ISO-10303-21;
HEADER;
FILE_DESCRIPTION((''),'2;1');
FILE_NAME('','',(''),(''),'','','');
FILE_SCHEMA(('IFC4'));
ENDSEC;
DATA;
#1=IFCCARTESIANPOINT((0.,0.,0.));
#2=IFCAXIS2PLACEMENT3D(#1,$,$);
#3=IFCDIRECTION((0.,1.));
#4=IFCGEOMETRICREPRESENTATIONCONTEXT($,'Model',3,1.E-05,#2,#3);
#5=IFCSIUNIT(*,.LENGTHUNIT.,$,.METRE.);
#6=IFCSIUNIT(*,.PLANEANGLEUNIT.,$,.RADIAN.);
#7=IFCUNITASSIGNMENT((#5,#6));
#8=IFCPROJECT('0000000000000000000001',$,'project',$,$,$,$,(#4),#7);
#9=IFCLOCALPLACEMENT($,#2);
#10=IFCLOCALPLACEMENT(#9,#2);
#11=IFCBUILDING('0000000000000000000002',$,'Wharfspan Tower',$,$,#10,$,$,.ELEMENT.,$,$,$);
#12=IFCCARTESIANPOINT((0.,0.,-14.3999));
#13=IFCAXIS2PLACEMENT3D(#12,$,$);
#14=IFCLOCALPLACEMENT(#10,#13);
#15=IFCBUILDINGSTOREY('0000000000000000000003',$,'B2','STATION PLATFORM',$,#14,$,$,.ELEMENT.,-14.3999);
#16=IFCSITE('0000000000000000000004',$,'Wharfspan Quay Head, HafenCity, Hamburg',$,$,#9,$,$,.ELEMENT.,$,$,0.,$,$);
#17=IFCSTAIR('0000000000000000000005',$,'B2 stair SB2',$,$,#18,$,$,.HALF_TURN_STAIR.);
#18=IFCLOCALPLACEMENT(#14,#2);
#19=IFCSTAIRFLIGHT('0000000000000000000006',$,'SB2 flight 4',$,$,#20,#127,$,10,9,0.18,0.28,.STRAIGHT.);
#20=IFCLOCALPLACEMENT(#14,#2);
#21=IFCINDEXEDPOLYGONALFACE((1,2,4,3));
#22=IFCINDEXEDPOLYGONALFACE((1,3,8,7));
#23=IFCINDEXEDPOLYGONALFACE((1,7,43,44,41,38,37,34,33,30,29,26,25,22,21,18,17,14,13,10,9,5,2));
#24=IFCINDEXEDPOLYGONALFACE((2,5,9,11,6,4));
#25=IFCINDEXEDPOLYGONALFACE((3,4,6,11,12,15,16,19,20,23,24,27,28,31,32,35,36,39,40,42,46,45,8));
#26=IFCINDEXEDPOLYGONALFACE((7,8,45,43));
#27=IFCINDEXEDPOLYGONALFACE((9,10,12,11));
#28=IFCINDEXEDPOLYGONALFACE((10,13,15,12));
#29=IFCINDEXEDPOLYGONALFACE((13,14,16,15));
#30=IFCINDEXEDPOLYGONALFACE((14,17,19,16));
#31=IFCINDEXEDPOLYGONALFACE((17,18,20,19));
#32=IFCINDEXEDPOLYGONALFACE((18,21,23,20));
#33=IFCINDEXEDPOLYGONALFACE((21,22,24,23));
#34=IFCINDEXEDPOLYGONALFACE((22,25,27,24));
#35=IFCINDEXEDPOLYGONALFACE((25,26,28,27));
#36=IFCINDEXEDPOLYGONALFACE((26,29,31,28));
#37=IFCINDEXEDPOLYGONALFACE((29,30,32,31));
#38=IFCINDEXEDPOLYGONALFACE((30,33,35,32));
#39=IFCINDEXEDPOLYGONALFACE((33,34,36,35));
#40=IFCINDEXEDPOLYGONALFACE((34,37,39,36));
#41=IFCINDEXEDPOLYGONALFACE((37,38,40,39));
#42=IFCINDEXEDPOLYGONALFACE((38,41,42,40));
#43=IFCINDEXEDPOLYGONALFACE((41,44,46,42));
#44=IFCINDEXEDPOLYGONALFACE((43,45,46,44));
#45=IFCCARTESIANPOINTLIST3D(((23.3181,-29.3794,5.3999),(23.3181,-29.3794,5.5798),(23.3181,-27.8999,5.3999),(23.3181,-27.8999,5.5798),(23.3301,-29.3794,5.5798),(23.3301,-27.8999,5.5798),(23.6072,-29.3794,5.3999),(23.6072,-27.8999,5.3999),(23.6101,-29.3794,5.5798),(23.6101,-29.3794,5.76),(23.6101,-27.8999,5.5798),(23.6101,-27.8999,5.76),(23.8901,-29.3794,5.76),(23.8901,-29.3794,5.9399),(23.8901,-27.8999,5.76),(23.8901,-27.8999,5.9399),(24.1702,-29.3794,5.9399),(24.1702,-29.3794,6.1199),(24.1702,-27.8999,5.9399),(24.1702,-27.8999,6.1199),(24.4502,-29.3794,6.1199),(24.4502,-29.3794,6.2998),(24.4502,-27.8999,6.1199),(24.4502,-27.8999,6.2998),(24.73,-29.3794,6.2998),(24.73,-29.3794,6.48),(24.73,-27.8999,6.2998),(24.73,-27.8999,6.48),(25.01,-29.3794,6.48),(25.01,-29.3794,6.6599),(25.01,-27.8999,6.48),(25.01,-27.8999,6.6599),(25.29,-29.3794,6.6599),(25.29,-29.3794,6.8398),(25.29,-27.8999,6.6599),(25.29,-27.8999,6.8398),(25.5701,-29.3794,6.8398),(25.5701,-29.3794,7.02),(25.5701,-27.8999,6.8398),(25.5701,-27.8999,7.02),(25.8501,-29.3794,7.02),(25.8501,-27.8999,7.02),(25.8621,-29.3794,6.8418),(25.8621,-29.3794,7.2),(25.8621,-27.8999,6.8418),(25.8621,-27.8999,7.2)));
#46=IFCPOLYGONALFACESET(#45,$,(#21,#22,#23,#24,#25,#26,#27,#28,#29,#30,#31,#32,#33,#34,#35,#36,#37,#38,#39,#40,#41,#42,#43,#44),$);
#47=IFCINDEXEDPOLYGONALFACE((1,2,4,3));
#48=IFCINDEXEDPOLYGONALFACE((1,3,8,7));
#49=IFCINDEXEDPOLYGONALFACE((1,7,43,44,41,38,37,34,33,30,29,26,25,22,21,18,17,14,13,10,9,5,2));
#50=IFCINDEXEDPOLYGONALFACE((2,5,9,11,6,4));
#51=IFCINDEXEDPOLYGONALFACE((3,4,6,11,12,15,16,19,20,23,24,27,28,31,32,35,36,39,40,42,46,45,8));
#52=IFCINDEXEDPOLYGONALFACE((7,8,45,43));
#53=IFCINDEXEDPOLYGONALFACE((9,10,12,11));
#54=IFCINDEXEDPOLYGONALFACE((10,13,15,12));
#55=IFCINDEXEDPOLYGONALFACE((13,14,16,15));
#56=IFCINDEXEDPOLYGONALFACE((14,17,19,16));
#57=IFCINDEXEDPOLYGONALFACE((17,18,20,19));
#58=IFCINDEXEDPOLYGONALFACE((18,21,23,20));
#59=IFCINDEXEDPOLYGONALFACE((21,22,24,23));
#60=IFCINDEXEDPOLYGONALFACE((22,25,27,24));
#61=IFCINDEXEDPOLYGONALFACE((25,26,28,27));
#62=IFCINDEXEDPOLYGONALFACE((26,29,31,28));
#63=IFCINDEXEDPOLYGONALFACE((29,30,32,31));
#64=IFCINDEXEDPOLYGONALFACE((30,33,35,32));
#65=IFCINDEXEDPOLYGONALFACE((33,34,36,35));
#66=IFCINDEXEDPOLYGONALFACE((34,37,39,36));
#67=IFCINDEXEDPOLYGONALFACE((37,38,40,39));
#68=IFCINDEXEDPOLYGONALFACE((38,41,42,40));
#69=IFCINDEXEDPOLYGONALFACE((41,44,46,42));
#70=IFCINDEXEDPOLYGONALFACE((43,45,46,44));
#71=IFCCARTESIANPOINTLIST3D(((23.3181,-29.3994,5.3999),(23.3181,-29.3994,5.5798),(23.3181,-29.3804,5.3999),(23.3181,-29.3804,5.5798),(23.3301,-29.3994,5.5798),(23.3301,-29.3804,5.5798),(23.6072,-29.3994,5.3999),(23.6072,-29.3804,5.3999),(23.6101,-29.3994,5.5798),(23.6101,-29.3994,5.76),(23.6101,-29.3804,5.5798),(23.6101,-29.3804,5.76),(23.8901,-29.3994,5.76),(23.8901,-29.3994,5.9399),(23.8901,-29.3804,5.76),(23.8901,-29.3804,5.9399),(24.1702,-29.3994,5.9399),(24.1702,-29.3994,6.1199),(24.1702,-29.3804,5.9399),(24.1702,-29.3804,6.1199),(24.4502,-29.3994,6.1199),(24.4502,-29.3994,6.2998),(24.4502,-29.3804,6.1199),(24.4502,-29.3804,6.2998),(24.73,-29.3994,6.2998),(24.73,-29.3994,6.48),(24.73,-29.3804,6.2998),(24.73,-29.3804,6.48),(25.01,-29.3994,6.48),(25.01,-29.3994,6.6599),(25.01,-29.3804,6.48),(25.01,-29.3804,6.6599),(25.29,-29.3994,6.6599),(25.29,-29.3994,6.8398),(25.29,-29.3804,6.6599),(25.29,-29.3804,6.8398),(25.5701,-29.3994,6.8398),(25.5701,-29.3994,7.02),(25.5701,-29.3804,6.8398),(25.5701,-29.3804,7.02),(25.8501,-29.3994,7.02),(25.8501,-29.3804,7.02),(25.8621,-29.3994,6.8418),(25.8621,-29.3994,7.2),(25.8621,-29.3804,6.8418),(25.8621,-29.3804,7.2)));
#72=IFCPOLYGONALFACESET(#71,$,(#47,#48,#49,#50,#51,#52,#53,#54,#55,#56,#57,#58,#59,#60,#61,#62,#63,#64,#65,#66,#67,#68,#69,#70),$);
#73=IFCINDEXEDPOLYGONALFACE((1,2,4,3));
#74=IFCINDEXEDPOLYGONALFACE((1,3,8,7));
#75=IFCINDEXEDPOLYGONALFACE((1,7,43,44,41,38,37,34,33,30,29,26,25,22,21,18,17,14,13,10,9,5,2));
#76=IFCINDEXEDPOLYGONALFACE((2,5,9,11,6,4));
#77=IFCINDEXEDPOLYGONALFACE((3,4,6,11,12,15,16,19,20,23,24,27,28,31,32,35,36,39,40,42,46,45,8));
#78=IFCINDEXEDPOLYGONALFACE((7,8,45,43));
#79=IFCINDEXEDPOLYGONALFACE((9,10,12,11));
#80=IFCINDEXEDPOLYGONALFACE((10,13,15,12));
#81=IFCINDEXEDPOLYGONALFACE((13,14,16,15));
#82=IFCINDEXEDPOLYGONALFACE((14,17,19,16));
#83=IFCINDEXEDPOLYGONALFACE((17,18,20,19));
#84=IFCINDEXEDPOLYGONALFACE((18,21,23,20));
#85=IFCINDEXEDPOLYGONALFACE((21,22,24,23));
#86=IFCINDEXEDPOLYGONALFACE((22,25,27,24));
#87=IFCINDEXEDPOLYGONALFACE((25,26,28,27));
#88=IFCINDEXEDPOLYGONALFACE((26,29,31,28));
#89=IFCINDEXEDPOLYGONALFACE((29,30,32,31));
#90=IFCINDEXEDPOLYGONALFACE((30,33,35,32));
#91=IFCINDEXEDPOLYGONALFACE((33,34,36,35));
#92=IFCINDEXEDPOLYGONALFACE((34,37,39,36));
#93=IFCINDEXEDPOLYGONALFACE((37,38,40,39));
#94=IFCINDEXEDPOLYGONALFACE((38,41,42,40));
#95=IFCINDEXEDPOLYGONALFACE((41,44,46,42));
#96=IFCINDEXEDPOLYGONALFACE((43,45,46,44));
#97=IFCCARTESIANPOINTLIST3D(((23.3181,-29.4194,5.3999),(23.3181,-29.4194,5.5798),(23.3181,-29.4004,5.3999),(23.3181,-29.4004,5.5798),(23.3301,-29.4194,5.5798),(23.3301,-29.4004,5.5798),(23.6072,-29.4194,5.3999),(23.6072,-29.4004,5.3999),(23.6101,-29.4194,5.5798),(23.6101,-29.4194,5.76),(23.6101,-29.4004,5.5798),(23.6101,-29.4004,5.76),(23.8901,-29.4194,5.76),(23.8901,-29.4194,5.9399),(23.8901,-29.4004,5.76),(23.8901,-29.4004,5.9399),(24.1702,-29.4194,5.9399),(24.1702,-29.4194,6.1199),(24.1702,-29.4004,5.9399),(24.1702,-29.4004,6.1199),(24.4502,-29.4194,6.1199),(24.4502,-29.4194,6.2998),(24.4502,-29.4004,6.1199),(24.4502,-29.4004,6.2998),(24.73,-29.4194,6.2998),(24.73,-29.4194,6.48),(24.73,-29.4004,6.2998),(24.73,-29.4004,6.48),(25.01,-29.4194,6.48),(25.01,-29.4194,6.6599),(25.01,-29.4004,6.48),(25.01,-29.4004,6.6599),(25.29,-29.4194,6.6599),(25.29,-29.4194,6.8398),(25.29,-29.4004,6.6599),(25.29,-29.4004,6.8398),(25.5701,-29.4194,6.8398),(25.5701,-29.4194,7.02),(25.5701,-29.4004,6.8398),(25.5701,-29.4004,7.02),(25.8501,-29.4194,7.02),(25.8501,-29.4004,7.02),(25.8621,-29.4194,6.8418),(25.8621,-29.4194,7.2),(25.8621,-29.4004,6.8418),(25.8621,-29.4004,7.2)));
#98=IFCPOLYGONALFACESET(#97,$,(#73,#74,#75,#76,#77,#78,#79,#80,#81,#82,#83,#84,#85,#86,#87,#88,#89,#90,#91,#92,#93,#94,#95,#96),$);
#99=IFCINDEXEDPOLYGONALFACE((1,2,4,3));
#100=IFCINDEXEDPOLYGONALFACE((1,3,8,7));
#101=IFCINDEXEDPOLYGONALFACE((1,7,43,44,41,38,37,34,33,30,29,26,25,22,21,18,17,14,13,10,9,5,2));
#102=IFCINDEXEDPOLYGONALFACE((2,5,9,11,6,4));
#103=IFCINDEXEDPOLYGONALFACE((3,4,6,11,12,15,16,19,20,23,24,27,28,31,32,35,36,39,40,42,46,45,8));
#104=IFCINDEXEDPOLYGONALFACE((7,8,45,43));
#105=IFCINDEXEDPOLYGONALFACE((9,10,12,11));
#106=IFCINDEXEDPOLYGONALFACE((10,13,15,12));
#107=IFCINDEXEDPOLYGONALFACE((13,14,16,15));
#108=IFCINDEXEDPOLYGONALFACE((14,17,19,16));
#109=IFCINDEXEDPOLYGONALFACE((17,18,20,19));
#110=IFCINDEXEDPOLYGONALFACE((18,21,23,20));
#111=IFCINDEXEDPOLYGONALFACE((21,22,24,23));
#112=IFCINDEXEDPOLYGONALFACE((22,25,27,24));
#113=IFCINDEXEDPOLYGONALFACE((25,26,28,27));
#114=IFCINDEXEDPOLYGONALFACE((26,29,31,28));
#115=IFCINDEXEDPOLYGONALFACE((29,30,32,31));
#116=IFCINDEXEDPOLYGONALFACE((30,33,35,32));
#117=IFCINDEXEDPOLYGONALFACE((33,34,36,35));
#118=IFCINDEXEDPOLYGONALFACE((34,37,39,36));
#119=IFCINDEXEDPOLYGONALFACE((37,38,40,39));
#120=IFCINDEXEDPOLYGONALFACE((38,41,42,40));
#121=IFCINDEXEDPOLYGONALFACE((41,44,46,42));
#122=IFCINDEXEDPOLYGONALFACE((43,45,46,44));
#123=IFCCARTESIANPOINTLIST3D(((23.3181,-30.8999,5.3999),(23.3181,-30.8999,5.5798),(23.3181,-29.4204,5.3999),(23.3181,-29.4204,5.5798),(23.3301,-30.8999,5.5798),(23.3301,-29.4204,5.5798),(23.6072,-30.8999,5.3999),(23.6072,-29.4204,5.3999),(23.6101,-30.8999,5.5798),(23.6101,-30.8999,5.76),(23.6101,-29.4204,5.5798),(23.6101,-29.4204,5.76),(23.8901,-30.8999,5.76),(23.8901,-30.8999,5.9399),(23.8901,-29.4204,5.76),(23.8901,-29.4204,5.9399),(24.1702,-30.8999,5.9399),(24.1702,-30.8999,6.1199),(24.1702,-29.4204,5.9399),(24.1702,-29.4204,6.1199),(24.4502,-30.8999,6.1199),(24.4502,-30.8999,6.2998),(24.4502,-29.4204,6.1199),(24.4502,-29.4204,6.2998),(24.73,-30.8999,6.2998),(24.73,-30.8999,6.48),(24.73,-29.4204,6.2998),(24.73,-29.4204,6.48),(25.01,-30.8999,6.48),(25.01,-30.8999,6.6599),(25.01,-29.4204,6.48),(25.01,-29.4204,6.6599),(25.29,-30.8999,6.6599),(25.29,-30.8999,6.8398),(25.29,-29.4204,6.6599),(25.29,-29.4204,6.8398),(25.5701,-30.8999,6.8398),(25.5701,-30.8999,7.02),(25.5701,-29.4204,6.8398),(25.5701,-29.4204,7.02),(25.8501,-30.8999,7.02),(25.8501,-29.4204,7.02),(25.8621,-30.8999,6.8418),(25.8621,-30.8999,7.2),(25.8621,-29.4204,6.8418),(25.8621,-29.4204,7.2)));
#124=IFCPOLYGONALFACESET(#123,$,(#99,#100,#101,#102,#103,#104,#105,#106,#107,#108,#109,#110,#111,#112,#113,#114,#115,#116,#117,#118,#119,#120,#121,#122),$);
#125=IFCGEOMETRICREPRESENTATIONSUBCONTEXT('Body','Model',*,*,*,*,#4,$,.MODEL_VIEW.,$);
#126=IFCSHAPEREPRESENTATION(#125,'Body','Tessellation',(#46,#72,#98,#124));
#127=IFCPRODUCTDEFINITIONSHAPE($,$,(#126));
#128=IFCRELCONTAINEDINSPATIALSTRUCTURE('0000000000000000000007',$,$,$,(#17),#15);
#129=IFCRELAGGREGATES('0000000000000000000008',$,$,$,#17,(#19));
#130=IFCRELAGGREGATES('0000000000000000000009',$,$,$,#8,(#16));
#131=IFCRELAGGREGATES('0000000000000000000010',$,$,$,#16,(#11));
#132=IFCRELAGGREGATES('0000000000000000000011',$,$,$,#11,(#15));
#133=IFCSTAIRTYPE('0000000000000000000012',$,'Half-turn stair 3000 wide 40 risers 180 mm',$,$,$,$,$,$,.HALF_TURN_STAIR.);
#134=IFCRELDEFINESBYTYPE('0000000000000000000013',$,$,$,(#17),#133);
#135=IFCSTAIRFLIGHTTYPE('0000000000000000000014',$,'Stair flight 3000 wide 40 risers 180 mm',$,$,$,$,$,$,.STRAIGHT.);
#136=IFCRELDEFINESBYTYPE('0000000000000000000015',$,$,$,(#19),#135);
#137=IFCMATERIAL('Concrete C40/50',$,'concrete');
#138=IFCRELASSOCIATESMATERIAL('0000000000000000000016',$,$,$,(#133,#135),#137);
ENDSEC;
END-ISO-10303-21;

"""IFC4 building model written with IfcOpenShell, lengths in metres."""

from ifc_helpers import new_model, si_unit, direction, frame, origin, place, context, subcontext, project, spatial, polyline, outline, extrude, material, type_object, element, aggregate, save


model = new_model("IFC4")

# Units and contexts
model_context = context("Model", 3, precision=1e-05, world=origin(), true_north=direction((0.0, 1.0)))
body_context = subcontext(model_context, "Body", "Model", "MODEL_VIEW")
ifc_project = project(units=[si_unit("LENGTHUNIT", "METRE"), si_unit("PLANEANGLEUNIT", "RADIAN")], contexts=[model_context])

# Site, building, storey
site_placement = place(None, origin())
site = spatial("IfcSite", under=ifc_project, at=site_placement, Name="Wharfspan Quay Head, HafenCity, Hamburg", CompositionType="ELEMENT", RefElevation=0.0)
building_placement = place(site_placement, origin())
building = spatial("IfcBuilding", under=site, at=building_placement, Name="Wharfspan Tower", CompositionType="ELEMENT")
storey_placement = place(building_placement, frame((0.0, 0.0, -14.3999)))
storey = spatial("IfcBuildingStorey", under=building, at=storey_placement, Name="B2", Description="STATION PLATFORM", CompositionType="ELEMENT", Elevation=-14.3999)

# Shared definitions
ifc_material_1 = material(Name="Concrete C40/50", Category="concrete")

# Stair, stair flight
stair_type = type_object("IfcStairType", Name="Half-turn stair 3000 wide 40 risers 180 mm", PredefinedType="HALF_TURN_STAIR", material=ifc_material_1)
stair_placement = place(storey_placement, origin())
stair = element("IfcStair", 1, at=stair_placement, inside=storey, type_object=stair_type, Name="B2 stair SB2", PredefinedType="HALF_TURN_STAIR")
stair_flight_type = type_object("IfcStairFlightType", Name="Stair flight 3000 wide 40 risers 180 mm", PredefinedType="STRAIGHT", material=ifc_material_1)
stair_flight_1_placement = place(storey_placement, frame((23.3301, -29.3999, 5.3999), z_axis=(0.0, 0.0, 1.0), x_axis=(1.0, 0.0, 0.0)))
stair_flight_1 = element("IfcStairFlight", 2, at=stair_flight_1_placement, type_object=stair_flight_type, Name="SB2 flight 4", NumberOfRisers=10, NumberOfTreads=9, PredefinedType="STRAIGHT", RiserHeight=0.18, TreadLength=0.28, context=body_context, shape_type="SweptSolid", body=[
    extrude(outline(polyline([(-0.012, 0.0), (-0.012, 0.1799), (0.0, 0.1799), (0.28, 0.1799), (0.28, 0.3601), (0.5601, 0.3601), (0.5601, 0.54), (0.8401, 0.54), (0.8401, 0.72), (1.1201, 0.72), (1.1201, 0.8999), (1.3999, 0.8999), (1.3999, 1.0801), (1.6799, 1.0801), (1.6799, 1.26), (1.96, 1.26), (1.96, 1.4399), (2.24, 1.4399), (2.24, 1.6201), (2.52, 1.6201), (2.532, 1.8), (2.532, 1.4419), (0.2771, 0.0), (-0.012, 0.0)])), frame((0.0, 1.5, 0.0), z_axis=(0.0, -1.0, 0.0), x_axis=(1.0, 0.0, 0.0)), (0.0, 0.0, 1.0), 1.4795),
    extrude(outline(polyline([(-0.012, 0.0), (-0.012, 0.1799), (0.0, 0.1799), (0.28, 0.1799), (0.28, 0.3601), (0.5601, 0.3601), (0.5601, 0.54), (0.8401, 0.54), (0.8401, 0.72), (1.1201, 0.72), (1.1201, 0.8999), (1.3999, 0.8999), (1.3999, 1.0801), (1.6799, 1.0801), (1.6799, 1.26), (1.96, 1.26), (1.96, 1.4399), (2.24, 1.4399), (2.24, 1.6201), (2.52, 1.6201), (2.532, 1.8), (2.532, 1.4419), (0.2771, 0.0), (-0.012, 0.0)])), frame((0.0, 0.0195, 0.0), z_axis=(0.0, -1.0, 0.0), x_axis=(1.0, 0.0, 0.0)), (0.0, 0.0, 1.0), 0.019),
    extrude(outline(polyline([(-0.012, 0.0), (-0.012, 0.1799), (0.0, 0.1799), (0.28, 0.1799), (0.28, 0.3601), (0.5601, 0.3601), (0.5601, 0.54), (0.8401, 0.54), (0.8401, 0.72), (1.1201, 0.72), (1.1201, 0.8999), (1.3999, 0.8999), (1.3999, 1.0801), (1.6799, 1.0801), (1.6799, 1.26), (1.96, 1.26), (1.96, 1.4399), (2.24, 1.4399), (2.24, 1.6201), (2.52, 1.6201), (2.532, 1.8), (2.532, 1.4419), (0.2771, 0.0), (-0.012, 0.0)])), frame((0.0, -0.0005, 0.0), z_axis=(0.0, -1.0, 0.0), x_axis=(1.0, 0.0, 0.0)), (0.0, 0.0, 1.0), 0.019),
    extrude(outline(polyline([(-0.012, 0.0), (-0.012, 0.1799), (0.0, 0.1799), (0.28, 0.1799), (0.28, 0.3601), (0.5601, 0.3601), (0.5601, 0.54), (0.8401, 0.54), (0.8401, 0.72), (1.1201, 0.72), (1.1201, 0.8999), (1.3999, 0.8999), (1.3999, 1.0801), (1.6799, 1.0801), (1.6799, 1.26), (1.96, 1.26), (1.96, 1.4399), (2.24, 1.4399), (2.24, 1.6201), (2.52, 1.6201), (2.532, 1.8), (2.532, 1.4419), (0.2771, 0.0), (-0.012, 0.0)])), frame((0.0, -0.0205, 0.0), z_axis=(0.0, -1.0, 0.0), x_axis=(1.0, 0.0, 0.0)), (0.0, 0.0, 1.0), 1.4795),
])
aggregate(stair, [stair_flight_1])

save(model, "model.ifc")
